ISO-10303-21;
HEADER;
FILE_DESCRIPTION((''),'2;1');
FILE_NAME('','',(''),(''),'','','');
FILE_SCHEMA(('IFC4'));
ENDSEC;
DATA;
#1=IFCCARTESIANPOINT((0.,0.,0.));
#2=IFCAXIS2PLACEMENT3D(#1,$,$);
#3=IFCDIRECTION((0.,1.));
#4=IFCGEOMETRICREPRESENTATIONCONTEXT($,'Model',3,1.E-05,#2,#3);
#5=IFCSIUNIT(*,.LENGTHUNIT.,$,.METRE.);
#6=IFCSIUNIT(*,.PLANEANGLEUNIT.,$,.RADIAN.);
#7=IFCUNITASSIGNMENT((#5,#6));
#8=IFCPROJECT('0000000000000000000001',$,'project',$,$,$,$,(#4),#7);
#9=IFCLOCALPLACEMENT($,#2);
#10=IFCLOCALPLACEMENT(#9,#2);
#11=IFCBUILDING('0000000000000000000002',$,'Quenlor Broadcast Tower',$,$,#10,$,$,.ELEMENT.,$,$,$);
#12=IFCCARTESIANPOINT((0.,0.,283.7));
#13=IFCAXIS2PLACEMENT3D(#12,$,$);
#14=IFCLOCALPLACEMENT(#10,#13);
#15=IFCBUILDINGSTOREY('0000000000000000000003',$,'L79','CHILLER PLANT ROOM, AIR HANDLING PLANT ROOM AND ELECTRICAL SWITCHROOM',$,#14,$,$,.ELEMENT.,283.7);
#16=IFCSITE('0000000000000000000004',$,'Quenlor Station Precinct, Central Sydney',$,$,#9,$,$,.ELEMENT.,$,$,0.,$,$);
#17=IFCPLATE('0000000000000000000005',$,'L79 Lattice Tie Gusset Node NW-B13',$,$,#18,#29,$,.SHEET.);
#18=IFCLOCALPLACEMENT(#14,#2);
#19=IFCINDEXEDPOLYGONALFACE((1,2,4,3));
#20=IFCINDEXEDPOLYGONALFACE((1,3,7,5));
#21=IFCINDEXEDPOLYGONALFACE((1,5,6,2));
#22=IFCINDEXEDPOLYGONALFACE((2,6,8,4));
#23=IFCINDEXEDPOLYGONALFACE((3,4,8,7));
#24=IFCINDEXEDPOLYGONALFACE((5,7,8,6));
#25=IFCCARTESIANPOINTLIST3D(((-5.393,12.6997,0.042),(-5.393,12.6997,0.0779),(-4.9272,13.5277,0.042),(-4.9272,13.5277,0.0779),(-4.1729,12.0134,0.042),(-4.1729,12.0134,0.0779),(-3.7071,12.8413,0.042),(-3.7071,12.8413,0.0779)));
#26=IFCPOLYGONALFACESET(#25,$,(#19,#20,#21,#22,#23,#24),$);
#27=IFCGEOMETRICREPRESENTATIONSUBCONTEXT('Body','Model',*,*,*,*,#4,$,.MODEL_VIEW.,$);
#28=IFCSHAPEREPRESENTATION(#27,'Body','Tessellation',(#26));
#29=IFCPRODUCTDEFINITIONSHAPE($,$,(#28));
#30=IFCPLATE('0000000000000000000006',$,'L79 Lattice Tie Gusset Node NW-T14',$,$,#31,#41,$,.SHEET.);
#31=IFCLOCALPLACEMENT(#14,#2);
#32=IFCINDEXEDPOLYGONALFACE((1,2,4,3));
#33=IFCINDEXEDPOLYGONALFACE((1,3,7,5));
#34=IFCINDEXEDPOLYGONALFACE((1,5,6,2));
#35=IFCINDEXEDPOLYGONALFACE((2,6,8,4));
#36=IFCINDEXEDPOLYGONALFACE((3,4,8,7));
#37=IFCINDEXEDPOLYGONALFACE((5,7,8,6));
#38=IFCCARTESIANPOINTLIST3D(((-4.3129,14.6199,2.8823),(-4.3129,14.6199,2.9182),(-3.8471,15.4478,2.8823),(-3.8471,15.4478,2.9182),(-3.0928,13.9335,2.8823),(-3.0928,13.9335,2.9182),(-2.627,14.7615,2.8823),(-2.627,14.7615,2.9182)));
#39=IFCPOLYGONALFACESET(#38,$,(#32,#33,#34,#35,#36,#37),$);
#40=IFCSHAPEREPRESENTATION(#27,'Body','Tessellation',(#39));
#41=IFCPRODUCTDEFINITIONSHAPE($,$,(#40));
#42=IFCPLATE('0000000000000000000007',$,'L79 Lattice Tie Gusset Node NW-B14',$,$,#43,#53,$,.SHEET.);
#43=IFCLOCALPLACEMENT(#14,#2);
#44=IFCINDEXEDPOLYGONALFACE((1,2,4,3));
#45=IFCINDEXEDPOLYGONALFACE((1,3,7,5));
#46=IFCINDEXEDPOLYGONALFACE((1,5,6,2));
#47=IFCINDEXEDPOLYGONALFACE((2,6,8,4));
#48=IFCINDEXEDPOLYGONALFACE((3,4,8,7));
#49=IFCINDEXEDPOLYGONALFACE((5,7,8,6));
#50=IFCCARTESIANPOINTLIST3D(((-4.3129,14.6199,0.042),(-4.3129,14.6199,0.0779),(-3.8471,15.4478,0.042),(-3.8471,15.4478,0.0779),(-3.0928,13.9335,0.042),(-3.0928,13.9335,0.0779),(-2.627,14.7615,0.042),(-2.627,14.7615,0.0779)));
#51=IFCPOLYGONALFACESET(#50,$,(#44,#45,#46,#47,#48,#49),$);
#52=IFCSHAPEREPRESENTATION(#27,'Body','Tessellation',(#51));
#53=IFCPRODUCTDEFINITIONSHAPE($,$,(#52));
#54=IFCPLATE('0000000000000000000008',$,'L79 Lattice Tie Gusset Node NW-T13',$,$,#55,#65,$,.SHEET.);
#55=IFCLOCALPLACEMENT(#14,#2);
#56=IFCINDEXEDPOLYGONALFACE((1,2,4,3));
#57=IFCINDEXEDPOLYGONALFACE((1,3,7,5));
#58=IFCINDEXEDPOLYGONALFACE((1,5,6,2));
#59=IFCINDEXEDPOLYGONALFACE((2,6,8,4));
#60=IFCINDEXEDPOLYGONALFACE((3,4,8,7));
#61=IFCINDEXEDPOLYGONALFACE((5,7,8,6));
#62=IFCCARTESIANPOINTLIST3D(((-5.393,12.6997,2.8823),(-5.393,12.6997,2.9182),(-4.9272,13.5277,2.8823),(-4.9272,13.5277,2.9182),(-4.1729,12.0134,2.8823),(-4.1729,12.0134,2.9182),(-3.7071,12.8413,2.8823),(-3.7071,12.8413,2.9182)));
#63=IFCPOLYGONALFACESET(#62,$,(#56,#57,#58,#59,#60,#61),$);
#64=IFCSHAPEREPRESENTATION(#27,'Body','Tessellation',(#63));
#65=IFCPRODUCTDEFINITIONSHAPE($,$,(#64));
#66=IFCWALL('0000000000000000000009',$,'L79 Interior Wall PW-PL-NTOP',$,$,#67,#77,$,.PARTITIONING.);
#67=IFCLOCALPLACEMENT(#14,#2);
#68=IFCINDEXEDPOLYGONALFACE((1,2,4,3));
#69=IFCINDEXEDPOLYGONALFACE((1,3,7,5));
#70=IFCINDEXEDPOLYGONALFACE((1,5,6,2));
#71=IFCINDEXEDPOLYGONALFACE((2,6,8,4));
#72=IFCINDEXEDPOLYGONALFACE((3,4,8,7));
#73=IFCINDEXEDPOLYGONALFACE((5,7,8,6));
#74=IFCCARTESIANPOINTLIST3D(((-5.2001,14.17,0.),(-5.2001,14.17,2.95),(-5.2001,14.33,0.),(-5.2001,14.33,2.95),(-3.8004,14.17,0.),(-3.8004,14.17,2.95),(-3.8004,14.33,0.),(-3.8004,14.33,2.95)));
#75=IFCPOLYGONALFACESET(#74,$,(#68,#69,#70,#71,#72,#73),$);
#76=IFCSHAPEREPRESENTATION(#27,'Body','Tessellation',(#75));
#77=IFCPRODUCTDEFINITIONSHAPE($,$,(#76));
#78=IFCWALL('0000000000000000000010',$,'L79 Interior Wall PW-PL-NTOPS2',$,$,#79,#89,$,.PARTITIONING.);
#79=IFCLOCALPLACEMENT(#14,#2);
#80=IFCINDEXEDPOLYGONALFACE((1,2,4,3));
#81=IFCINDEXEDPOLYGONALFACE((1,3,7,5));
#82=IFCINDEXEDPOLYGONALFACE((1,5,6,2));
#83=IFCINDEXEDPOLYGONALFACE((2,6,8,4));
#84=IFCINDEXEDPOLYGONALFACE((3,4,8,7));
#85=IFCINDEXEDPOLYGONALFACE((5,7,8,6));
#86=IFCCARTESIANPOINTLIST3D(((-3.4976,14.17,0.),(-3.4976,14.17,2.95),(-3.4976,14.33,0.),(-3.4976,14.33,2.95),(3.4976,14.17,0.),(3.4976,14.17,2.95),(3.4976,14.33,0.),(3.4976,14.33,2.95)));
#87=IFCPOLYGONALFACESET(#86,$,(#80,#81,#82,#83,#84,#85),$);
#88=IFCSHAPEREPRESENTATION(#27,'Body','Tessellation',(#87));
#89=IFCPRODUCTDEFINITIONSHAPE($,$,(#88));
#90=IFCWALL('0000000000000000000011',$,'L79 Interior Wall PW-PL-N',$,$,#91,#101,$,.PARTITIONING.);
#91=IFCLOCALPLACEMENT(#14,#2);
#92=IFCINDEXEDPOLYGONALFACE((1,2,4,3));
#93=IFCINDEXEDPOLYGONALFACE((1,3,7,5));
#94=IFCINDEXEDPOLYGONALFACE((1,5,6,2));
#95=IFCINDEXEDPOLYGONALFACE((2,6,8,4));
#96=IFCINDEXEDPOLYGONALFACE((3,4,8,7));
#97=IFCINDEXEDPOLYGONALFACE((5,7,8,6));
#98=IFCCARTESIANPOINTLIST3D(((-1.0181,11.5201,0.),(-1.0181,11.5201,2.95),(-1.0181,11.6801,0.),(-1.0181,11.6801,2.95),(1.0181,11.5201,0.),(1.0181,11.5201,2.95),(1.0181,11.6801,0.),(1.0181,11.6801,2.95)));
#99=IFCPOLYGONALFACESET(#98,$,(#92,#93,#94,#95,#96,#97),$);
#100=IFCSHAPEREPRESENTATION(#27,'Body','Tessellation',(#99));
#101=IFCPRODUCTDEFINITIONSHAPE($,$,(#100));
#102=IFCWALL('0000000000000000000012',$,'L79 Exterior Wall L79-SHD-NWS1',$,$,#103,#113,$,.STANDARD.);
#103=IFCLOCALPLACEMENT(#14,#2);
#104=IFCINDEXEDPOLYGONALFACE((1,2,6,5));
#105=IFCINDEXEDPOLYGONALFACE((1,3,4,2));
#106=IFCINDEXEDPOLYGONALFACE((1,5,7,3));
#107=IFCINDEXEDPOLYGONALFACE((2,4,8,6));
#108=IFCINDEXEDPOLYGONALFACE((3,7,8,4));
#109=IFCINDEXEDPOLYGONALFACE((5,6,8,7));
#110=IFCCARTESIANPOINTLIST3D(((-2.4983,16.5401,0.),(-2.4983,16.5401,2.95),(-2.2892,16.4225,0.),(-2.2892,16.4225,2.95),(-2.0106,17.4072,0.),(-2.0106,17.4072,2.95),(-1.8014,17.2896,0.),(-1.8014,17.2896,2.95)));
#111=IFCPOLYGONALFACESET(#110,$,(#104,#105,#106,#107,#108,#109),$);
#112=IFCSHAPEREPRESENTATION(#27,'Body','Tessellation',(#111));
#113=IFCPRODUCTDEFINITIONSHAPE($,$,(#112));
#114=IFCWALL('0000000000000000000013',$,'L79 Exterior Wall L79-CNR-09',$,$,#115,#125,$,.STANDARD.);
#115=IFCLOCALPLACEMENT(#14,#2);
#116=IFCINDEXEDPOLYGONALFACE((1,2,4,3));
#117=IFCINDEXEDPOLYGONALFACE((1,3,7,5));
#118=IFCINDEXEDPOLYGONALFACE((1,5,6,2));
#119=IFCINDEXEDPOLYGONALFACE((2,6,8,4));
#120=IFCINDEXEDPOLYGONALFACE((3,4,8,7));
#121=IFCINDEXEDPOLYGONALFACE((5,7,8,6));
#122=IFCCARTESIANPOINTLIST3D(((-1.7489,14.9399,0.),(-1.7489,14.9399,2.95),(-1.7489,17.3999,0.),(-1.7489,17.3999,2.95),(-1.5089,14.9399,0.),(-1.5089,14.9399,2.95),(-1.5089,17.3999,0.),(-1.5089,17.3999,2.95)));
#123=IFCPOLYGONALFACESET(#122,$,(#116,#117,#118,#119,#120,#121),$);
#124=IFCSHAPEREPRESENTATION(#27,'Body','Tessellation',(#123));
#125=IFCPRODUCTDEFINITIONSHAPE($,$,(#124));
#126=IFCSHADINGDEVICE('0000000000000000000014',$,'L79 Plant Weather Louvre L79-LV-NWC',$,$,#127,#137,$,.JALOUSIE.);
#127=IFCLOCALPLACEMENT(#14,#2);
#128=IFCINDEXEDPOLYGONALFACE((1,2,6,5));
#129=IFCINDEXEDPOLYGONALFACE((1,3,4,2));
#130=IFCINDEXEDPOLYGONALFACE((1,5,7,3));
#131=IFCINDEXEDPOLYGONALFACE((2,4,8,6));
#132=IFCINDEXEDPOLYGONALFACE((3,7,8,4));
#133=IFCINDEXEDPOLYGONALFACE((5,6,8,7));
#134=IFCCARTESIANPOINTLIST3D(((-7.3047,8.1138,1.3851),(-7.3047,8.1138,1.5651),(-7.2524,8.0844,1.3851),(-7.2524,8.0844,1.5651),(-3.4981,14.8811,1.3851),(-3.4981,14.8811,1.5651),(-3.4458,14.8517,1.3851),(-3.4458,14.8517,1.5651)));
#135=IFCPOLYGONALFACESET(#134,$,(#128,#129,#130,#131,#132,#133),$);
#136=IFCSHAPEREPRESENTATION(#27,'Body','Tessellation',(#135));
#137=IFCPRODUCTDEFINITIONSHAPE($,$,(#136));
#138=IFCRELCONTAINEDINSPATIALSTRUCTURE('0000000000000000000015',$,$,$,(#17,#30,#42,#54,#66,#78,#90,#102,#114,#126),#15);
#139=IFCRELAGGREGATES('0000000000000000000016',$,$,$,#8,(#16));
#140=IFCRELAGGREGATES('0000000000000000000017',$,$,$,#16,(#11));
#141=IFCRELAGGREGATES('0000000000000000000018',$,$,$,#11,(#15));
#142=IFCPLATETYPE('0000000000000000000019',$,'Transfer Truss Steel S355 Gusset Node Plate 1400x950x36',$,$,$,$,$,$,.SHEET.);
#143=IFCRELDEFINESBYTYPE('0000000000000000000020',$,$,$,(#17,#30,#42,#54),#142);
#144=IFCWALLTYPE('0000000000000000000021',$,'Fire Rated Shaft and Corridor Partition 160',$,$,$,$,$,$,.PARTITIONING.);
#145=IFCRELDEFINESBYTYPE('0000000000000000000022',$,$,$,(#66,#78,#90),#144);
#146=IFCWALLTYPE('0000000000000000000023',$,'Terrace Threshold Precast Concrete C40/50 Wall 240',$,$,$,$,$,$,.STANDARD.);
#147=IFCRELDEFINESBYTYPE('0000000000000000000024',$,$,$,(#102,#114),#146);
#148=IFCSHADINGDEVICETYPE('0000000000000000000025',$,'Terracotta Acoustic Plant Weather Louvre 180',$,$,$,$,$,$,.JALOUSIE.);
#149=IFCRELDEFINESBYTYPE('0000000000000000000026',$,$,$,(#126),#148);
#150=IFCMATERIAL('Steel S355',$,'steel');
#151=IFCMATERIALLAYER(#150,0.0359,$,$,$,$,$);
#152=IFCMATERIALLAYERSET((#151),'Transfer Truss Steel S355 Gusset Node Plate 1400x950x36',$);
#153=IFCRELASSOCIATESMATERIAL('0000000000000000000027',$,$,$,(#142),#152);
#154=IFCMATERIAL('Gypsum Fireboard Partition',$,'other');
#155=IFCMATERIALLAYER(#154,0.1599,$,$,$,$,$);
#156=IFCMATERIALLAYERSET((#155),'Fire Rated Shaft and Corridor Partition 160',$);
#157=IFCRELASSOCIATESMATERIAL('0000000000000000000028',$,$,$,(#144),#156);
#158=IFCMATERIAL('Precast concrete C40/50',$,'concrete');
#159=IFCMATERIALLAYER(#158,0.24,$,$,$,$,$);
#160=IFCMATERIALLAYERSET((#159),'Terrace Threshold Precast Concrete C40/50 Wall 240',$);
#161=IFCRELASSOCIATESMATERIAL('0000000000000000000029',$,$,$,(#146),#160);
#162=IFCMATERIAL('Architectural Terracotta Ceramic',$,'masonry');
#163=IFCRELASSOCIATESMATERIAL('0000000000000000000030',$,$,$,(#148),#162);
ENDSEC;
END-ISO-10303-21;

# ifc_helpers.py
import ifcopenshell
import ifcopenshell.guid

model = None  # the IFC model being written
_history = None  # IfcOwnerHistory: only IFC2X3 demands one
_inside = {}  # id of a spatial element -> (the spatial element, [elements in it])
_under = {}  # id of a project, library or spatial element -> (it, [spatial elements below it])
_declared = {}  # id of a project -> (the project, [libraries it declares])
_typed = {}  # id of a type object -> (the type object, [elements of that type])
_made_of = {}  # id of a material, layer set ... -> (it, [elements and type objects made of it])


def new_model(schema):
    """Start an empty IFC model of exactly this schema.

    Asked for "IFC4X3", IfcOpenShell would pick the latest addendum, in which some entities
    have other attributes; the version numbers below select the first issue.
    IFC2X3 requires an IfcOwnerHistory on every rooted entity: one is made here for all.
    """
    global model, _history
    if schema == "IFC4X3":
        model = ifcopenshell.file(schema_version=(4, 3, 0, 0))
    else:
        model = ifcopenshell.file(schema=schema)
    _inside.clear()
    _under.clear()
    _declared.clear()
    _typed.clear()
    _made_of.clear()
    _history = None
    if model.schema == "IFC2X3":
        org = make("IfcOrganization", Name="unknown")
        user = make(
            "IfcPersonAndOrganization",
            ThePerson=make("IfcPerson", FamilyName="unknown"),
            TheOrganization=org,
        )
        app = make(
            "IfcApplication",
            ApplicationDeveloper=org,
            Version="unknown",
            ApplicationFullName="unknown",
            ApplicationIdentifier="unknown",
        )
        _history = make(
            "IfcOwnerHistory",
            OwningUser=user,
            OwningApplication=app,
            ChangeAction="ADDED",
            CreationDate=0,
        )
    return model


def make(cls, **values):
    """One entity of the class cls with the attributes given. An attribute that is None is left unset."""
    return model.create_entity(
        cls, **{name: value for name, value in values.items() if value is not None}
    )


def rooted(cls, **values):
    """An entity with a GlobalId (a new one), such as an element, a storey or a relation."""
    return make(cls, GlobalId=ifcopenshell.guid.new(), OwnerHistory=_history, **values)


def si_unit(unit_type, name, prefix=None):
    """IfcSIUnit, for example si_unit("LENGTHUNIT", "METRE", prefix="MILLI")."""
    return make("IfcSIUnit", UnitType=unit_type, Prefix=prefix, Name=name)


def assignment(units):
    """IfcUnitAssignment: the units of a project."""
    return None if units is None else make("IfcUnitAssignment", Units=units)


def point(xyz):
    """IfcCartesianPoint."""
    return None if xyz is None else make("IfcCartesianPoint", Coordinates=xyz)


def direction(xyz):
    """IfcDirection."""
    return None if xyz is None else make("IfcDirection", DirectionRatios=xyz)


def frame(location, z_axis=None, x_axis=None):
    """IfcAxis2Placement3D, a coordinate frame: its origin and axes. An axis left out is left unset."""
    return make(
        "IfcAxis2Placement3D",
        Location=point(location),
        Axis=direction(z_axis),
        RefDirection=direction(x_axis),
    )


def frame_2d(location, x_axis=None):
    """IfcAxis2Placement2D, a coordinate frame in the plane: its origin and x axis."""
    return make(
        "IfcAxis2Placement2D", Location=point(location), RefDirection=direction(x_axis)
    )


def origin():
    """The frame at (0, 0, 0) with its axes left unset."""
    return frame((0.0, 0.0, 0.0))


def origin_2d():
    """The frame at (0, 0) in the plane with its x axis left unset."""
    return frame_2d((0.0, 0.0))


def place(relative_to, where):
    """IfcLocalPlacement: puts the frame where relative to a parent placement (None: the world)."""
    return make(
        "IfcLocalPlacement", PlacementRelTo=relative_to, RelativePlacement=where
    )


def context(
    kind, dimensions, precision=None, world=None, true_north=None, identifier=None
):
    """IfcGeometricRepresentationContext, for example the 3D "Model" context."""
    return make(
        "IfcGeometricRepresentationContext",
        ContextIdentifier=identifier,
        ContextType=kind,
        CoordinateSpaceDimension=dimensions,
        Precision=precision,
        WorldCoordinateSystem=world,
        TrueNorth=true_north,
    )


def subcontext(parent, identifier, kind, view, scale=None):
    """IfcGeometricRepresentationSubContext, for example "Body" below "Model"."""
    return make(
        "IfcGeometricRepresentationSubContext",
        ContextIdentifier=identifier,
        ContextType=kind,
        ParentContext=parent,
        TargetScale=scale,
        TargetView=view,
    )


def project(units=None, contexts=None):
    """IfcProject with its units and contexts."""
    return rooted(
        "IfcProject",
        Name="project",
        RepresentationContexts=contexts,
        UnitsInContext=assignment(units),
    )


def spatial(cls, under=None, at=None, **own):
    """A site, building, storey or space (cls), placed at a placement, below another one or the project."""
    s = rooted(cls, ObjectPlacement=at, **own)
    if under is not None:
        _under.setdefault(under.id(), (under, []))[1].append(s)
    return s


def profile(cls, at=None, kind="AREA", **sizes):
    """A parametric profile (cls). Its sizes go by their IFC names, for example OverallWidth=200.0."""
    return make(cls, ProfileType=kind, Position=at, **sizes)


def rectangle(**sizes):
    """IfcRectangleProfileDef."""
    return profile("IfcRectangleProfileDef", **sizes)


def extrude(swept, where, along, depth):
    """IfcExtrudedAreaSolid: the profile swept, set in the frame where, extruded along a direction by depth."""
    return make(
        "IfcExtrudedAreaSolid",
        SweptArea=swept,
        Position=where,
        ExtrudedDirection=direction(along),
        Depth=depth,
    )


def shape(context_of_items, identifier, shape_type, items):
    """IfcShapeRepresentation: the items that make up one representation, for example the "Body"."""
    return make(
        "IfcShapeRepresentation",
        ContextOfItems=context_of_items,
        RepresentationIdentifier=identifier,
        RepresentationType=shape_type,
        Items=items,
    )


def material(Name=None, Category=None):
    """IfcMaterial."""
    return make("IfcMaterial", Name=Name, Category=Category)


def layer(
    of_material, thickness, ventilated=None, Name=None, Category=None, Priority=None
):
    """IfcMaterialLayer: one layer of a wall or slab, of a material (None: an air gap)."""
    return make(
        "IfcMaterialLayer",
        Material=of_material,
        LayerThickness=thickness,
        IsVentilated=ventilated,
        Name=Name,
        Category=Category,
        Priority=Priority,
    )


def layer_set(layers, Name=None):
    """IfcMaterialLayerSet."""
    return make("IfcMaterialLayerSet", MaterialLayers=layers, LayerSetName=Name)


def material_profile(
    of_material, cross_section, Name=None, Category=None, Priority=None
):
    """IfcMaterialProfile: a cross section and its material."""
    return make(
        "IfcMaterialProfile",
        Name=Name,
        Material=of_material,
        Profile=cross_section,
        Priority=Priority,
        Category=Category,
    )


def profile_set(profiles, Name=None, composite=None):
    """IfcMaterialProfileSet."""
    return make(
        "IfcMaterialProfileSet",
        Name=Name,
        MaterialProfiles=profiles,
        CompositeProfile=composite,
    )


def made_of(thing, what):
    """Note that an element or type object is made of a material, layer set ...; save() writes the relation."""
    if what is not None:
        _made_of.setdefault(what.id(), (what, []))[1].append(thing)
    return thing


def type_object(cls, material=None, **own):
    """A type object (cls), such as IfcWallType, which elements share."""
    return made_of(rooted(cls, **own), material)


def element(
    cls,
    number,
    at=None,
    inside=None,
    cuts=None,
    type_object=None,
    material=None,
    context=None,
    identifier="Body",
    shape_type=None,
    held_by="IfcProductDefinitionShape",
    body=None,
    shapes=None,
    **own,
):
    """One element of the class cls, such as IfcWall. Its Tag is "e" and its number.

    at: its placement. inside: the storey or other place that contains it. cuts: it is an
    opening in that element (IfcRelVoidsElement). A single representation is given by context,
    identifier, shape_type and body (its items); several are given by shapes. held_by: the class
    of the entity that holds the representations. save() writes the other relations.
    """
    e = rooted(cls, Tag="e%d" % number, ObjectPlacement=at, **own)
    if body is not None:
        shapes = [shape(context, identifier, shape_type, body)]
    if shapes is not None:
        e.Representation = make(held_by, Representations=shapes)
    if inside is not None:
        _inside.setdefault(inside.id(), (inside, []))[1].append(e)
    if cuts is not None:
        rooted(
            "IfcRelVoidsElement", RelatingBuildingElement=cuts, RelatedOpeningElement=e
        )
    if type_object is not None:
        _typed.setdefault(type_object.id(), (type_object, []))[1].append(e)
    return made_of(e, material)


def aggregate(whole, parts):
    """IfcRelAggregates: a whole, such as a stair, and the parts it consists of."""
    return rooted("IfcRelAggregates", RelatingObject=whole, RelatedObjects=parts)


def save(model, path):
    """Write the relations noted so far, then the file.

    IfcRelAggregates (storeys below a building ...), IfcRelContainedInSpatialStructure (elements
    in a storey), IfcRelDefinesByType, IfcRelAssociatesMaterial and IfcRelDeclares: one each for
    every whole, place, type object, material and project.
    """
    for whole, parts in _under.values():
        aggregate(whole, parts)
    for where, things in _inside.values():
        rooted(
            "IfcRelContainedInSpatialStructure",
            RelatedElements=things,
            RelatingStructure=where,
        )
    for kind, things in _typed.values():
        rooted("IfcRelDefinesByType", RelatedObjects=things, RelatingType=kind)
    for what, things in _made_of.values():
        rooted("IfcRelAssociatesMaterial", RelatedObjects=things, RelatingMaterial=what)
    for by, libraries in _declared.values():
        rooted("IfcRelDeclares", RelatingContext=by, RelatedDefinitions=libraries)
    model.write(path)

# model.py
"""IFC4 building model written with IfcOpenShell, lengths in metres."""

from ifc_helpers import new_model, si_unit, direction, frame, frame_2d, origin, origin_2d, place, context, subcontext, project, spatial, rectangle, extrude, material, layer, layer_set, material_profile, profile_set, type_object, element, save


model = new_model("IFC4")

# Units and contexts
model_context = context("Model", 3, precision=1e-05, world=origin(), true_north=direction((0.0, 1.0)))
body_context = subcontext(model_context, "Body", "Model", "MODEL_VIEW")
ifc_project = project(units=[si_unit("LENGTHUNIT", "METRE"), si_unit("PLANEANGLEUNIT", "RADIAN")], contexts=[model_context])

# Site, building, storey
site_placement = place(None, origin())
site = spatial("IfcSite", under=ifc_project, at=site_placement, Name="Quenlor Station Precinct, Central Sydney", CompositionType="ELEMENT", RefElevation=0.0)
building_placement = place(site_placement, origin())
building = spatial("IfcBuilding", under=site, at=building_placement, Name="Quenlor Broadcast Tower", CompositionType="ELEMENT")
storey_placement = place(building_placement, frame((0.0, 0.0, 283.7)))
storey = spatial("IfcBuildingStorey", under=building, at=storey_placement, Name="L79", Description="CHILLER PLANT ROOM, AIR HANDLING PLANT ROOM AND ELECTRICAL SWITCHROOM", CompositionType="ELEMENT", Elevation=283.7)

# Plates
ifc_material_1 = material(Name="Steel S355", Category="steel")
ifc_layer_1 = layer(ifc_material_1, 0.0359)
ifc_layer_set_1 = layer_set([ifc_layer_1], Name="Transfer Truss Steel S355 Gusset Node Plate 1400x950x36")
plate_type_1 = type_object("IfcPlateType", Name="Transfer Truss Steel S355 Gusset Node Plate 1400x950x36", PredefinedType="SHEET", material=ifc_layer_set_1)
for number, where, z_axis, x_axis, name in (
    (1, (-4.55, 12.7705, 0.042), (0.0, 0.0, 1.0), (-0.871556, 0.490295, 0.0), "L79 Lattice Tie Gusset Node NW-B13"),
    (2, (-3.47, 14.6907, 2.8823), (0.0, 0.0, 1.0), (-0.871556, 0.490295, 0.0), "L79 Lattice Tie Gusset Node NW-T14"),
    (3, (-3.47, 14.6907, 0.042), (0.0, 0.0, 1.0), (-0.871556, 0.490295, 0.0), "L79 Lattice Tie Gusset Node NW-B14"),
    (4, (-4.55, 12.7705, 2.8823), (0.0, 0.0, 1.0), (-0.871556, 0.490295, 0.0), "L79 Lattice Tie Gusset Node NW-T13"),
):
    element("IfcPlate", number, at=place(storey_placement, frame(where, z_axis=z_axis, x_axis=x_axis)), inside=storey, type_object=plate_type_1, Name=name, PredefinedType="SHEET", context=body_context, shape_type="SweptSolid", body=[
        extrude(rectangle(XDim=1.3999, YDim=0.95, at=origin_2d()), origin(), (0.0, 0.0, 1.0), 0.0359),
    ])

# Walls
ifc_material_2 = material(Name="Gypsum Fireboard Partition", Category="other")
ifc_layer_2 = layer(ifc_material_2, 0.1599)
ifc_layer_set_2 = layer_set([ifc_layer_2], Name="Fire Rated Shaft and Corridor Partition 160")
wall_type_1 = type_object("IfcWallType", Name="Fire Rated Shaft and Corridor Partition 160", PredefinedType="PARTITIONING", material=ifc_layer_set_2)
wall_1_placement = place(storey_placement, frame((-5.2, 14.25, 0.0), z_axis=(0.0, 0.0, 1.0), x_axis=(1.0, 0.0, 0.0)))
element("IfcWall", 5, at=wall_1_placement, inside=storey, type_object=wall_type_1, Name="L79 Interior Wall PW-PL-NTOP", PredefinedType="PARTITIONING", context=body_context, shape_type="SweptSolid", body=[
    extrude(rectangle(XDim=1.3997, YDim=0.1599, at=frame_2d((0.6997, 0.0))), origin(), (0.0, 0.0, 1.0), 2.95),
])
wall_2_placement = place(storey_placement, frame((-3.4976, 14.25, 0.0), z_axis=(0.0, 0.0, 1.0), x_axis=(1.0, 0.0, 0.0)))
element("IfcWall", 6, at=wall_2_placement, inside=storey, type_object=wall_type_1, Name="L79 Interior Wall PW-PL-NTOPS2", PredefinedType="PARTITIONING", context=body_context, shape_type="SweptSolid", body=[
    extrude(rectangle(XDim=6.9951, YDim=0.1599, at=frame_2d((3.4976, 0.0))), origin(), (0.0, 0.0, 1.0), 2.95),
])
wall_3_placement = place(storey_placement, frame((-1.0181, 11.6001, 0.0), z_axis=(0.0, 0.0, 1.0), x_axis=(1.0, 0.0, 0.0)))
element("IfcWall", 7, at=wall_3_placement, inside=storey, type_object=wall_type_1, Name="L79 Interior Wall PW-PL-N", PredefinedType="PARTITIONING", context=body_context, shape_type="SweptSolid", body=[
    extrude(rectangle(XDim=2.0361, YDim=0.1599, at=frame_2d((1.0181, 0.0))), origin(), (0.0, 0.0, 1.0), 2.95),
])
ifc_material_3 = material(Name="Precast concrete C40/50", Category="concrete")
ifc_layer_3 = layer(ifc_material_3, 0.24)
ifc_layer_set_3 = layer_set([ifc_layer_3], Name="Terrace Threshold Precast Concrete C40/50 Wall 240")
wall_type_2 = type_object("IfcWallType", Name="Terrace Threshold Precast Concrete C40/50 Wall 240", PredefinedType="STANDARD", material=ifc_layer_set_3)
wall_4_placement = place(storey_placement, frame((-2.3938, 16.4812, 0.0), z_axis=(0.0, 0.0, 1.0), x_axis=(0.490261, 0.871576, 0.0)))
element("IfcWall", 8, at=wall_4_placement, inside=storey, type_object=wall_type_2, Name="L79 Exterior Wall L79-SHD-NWS1", PredefinedType="STANDARD", context=body_context, shape_type="SweptSolid", body=[
    extrude(rectangle(XDim=0.9949, YDim=0.24, at=frame_2d((0.4976, 0.0))), origin(), (0.0, 0.0, 1.0), 2.95),
])
wall_5_placement = place(storey_placement, frame((-1.6289, 14.9399, 0.0), z_axis=(0.0, 0.0, 1.0), x_axis=(0.0, 1.0, 0.0)))
element("IfcWall", 9, at=wall_5_placement, inside=storey, type_object=wall_type_2, Name="L79 Exterior Wall L79-CNR-09", PredefinedType="STANDARD", context=body_context, shape_type="SweptSolid", body=[
    extrude(rectangle(XDim=2.46, YDim=0.24, at=frame_2d((1.23, 0.0))), origin(), (0.0, 0.0, 1.0), 2.95),
])

# Shading device
ifc_material_4 = material(Name="Architectural Terracotta Ceramic", Category="masonry")
ifc_material_profile_1 = material_profile(ifc_material_4, rectangle(XDim=0.0601, YDim=0.1799, at=origin_2d()))
ifc_profile_set_1 = profile_set([ifc_material_profile_1], Name="Architectural Terracotta Ceramic LVR60x180")
shading_device_type = type_object("IfcShadingDeviceType", Name="Terracotta Acoustic Plant Weather Louvre 180", PredefinedType="JALOUSIE", material=ifc_profile_set_1)
shading_device_placement = place(storey_placement, frame((-7.2786, 8.0991, 1.4751), z_axis=(0.490263, 0.871575, 0.0), x_axis=(-0.871575, 0.490263, 0.0)))
element("IfcShadingDevice", 10, at=shading_device_placement, inside=storey, type_object=shading_device_type, Name="L79 Plant Weather Louvre L79-LV-NWC", PredefinedType="JALOUSIE", context=body_context, shape_type="SweptSolid", body=[
    extrude(rectangle(XDim=0.0601, YDim=0.1799, at=origin_2d()), origin(), (0.0, 0.0, 1.0), 7.7644),
])

save(model, "model.ifc")
